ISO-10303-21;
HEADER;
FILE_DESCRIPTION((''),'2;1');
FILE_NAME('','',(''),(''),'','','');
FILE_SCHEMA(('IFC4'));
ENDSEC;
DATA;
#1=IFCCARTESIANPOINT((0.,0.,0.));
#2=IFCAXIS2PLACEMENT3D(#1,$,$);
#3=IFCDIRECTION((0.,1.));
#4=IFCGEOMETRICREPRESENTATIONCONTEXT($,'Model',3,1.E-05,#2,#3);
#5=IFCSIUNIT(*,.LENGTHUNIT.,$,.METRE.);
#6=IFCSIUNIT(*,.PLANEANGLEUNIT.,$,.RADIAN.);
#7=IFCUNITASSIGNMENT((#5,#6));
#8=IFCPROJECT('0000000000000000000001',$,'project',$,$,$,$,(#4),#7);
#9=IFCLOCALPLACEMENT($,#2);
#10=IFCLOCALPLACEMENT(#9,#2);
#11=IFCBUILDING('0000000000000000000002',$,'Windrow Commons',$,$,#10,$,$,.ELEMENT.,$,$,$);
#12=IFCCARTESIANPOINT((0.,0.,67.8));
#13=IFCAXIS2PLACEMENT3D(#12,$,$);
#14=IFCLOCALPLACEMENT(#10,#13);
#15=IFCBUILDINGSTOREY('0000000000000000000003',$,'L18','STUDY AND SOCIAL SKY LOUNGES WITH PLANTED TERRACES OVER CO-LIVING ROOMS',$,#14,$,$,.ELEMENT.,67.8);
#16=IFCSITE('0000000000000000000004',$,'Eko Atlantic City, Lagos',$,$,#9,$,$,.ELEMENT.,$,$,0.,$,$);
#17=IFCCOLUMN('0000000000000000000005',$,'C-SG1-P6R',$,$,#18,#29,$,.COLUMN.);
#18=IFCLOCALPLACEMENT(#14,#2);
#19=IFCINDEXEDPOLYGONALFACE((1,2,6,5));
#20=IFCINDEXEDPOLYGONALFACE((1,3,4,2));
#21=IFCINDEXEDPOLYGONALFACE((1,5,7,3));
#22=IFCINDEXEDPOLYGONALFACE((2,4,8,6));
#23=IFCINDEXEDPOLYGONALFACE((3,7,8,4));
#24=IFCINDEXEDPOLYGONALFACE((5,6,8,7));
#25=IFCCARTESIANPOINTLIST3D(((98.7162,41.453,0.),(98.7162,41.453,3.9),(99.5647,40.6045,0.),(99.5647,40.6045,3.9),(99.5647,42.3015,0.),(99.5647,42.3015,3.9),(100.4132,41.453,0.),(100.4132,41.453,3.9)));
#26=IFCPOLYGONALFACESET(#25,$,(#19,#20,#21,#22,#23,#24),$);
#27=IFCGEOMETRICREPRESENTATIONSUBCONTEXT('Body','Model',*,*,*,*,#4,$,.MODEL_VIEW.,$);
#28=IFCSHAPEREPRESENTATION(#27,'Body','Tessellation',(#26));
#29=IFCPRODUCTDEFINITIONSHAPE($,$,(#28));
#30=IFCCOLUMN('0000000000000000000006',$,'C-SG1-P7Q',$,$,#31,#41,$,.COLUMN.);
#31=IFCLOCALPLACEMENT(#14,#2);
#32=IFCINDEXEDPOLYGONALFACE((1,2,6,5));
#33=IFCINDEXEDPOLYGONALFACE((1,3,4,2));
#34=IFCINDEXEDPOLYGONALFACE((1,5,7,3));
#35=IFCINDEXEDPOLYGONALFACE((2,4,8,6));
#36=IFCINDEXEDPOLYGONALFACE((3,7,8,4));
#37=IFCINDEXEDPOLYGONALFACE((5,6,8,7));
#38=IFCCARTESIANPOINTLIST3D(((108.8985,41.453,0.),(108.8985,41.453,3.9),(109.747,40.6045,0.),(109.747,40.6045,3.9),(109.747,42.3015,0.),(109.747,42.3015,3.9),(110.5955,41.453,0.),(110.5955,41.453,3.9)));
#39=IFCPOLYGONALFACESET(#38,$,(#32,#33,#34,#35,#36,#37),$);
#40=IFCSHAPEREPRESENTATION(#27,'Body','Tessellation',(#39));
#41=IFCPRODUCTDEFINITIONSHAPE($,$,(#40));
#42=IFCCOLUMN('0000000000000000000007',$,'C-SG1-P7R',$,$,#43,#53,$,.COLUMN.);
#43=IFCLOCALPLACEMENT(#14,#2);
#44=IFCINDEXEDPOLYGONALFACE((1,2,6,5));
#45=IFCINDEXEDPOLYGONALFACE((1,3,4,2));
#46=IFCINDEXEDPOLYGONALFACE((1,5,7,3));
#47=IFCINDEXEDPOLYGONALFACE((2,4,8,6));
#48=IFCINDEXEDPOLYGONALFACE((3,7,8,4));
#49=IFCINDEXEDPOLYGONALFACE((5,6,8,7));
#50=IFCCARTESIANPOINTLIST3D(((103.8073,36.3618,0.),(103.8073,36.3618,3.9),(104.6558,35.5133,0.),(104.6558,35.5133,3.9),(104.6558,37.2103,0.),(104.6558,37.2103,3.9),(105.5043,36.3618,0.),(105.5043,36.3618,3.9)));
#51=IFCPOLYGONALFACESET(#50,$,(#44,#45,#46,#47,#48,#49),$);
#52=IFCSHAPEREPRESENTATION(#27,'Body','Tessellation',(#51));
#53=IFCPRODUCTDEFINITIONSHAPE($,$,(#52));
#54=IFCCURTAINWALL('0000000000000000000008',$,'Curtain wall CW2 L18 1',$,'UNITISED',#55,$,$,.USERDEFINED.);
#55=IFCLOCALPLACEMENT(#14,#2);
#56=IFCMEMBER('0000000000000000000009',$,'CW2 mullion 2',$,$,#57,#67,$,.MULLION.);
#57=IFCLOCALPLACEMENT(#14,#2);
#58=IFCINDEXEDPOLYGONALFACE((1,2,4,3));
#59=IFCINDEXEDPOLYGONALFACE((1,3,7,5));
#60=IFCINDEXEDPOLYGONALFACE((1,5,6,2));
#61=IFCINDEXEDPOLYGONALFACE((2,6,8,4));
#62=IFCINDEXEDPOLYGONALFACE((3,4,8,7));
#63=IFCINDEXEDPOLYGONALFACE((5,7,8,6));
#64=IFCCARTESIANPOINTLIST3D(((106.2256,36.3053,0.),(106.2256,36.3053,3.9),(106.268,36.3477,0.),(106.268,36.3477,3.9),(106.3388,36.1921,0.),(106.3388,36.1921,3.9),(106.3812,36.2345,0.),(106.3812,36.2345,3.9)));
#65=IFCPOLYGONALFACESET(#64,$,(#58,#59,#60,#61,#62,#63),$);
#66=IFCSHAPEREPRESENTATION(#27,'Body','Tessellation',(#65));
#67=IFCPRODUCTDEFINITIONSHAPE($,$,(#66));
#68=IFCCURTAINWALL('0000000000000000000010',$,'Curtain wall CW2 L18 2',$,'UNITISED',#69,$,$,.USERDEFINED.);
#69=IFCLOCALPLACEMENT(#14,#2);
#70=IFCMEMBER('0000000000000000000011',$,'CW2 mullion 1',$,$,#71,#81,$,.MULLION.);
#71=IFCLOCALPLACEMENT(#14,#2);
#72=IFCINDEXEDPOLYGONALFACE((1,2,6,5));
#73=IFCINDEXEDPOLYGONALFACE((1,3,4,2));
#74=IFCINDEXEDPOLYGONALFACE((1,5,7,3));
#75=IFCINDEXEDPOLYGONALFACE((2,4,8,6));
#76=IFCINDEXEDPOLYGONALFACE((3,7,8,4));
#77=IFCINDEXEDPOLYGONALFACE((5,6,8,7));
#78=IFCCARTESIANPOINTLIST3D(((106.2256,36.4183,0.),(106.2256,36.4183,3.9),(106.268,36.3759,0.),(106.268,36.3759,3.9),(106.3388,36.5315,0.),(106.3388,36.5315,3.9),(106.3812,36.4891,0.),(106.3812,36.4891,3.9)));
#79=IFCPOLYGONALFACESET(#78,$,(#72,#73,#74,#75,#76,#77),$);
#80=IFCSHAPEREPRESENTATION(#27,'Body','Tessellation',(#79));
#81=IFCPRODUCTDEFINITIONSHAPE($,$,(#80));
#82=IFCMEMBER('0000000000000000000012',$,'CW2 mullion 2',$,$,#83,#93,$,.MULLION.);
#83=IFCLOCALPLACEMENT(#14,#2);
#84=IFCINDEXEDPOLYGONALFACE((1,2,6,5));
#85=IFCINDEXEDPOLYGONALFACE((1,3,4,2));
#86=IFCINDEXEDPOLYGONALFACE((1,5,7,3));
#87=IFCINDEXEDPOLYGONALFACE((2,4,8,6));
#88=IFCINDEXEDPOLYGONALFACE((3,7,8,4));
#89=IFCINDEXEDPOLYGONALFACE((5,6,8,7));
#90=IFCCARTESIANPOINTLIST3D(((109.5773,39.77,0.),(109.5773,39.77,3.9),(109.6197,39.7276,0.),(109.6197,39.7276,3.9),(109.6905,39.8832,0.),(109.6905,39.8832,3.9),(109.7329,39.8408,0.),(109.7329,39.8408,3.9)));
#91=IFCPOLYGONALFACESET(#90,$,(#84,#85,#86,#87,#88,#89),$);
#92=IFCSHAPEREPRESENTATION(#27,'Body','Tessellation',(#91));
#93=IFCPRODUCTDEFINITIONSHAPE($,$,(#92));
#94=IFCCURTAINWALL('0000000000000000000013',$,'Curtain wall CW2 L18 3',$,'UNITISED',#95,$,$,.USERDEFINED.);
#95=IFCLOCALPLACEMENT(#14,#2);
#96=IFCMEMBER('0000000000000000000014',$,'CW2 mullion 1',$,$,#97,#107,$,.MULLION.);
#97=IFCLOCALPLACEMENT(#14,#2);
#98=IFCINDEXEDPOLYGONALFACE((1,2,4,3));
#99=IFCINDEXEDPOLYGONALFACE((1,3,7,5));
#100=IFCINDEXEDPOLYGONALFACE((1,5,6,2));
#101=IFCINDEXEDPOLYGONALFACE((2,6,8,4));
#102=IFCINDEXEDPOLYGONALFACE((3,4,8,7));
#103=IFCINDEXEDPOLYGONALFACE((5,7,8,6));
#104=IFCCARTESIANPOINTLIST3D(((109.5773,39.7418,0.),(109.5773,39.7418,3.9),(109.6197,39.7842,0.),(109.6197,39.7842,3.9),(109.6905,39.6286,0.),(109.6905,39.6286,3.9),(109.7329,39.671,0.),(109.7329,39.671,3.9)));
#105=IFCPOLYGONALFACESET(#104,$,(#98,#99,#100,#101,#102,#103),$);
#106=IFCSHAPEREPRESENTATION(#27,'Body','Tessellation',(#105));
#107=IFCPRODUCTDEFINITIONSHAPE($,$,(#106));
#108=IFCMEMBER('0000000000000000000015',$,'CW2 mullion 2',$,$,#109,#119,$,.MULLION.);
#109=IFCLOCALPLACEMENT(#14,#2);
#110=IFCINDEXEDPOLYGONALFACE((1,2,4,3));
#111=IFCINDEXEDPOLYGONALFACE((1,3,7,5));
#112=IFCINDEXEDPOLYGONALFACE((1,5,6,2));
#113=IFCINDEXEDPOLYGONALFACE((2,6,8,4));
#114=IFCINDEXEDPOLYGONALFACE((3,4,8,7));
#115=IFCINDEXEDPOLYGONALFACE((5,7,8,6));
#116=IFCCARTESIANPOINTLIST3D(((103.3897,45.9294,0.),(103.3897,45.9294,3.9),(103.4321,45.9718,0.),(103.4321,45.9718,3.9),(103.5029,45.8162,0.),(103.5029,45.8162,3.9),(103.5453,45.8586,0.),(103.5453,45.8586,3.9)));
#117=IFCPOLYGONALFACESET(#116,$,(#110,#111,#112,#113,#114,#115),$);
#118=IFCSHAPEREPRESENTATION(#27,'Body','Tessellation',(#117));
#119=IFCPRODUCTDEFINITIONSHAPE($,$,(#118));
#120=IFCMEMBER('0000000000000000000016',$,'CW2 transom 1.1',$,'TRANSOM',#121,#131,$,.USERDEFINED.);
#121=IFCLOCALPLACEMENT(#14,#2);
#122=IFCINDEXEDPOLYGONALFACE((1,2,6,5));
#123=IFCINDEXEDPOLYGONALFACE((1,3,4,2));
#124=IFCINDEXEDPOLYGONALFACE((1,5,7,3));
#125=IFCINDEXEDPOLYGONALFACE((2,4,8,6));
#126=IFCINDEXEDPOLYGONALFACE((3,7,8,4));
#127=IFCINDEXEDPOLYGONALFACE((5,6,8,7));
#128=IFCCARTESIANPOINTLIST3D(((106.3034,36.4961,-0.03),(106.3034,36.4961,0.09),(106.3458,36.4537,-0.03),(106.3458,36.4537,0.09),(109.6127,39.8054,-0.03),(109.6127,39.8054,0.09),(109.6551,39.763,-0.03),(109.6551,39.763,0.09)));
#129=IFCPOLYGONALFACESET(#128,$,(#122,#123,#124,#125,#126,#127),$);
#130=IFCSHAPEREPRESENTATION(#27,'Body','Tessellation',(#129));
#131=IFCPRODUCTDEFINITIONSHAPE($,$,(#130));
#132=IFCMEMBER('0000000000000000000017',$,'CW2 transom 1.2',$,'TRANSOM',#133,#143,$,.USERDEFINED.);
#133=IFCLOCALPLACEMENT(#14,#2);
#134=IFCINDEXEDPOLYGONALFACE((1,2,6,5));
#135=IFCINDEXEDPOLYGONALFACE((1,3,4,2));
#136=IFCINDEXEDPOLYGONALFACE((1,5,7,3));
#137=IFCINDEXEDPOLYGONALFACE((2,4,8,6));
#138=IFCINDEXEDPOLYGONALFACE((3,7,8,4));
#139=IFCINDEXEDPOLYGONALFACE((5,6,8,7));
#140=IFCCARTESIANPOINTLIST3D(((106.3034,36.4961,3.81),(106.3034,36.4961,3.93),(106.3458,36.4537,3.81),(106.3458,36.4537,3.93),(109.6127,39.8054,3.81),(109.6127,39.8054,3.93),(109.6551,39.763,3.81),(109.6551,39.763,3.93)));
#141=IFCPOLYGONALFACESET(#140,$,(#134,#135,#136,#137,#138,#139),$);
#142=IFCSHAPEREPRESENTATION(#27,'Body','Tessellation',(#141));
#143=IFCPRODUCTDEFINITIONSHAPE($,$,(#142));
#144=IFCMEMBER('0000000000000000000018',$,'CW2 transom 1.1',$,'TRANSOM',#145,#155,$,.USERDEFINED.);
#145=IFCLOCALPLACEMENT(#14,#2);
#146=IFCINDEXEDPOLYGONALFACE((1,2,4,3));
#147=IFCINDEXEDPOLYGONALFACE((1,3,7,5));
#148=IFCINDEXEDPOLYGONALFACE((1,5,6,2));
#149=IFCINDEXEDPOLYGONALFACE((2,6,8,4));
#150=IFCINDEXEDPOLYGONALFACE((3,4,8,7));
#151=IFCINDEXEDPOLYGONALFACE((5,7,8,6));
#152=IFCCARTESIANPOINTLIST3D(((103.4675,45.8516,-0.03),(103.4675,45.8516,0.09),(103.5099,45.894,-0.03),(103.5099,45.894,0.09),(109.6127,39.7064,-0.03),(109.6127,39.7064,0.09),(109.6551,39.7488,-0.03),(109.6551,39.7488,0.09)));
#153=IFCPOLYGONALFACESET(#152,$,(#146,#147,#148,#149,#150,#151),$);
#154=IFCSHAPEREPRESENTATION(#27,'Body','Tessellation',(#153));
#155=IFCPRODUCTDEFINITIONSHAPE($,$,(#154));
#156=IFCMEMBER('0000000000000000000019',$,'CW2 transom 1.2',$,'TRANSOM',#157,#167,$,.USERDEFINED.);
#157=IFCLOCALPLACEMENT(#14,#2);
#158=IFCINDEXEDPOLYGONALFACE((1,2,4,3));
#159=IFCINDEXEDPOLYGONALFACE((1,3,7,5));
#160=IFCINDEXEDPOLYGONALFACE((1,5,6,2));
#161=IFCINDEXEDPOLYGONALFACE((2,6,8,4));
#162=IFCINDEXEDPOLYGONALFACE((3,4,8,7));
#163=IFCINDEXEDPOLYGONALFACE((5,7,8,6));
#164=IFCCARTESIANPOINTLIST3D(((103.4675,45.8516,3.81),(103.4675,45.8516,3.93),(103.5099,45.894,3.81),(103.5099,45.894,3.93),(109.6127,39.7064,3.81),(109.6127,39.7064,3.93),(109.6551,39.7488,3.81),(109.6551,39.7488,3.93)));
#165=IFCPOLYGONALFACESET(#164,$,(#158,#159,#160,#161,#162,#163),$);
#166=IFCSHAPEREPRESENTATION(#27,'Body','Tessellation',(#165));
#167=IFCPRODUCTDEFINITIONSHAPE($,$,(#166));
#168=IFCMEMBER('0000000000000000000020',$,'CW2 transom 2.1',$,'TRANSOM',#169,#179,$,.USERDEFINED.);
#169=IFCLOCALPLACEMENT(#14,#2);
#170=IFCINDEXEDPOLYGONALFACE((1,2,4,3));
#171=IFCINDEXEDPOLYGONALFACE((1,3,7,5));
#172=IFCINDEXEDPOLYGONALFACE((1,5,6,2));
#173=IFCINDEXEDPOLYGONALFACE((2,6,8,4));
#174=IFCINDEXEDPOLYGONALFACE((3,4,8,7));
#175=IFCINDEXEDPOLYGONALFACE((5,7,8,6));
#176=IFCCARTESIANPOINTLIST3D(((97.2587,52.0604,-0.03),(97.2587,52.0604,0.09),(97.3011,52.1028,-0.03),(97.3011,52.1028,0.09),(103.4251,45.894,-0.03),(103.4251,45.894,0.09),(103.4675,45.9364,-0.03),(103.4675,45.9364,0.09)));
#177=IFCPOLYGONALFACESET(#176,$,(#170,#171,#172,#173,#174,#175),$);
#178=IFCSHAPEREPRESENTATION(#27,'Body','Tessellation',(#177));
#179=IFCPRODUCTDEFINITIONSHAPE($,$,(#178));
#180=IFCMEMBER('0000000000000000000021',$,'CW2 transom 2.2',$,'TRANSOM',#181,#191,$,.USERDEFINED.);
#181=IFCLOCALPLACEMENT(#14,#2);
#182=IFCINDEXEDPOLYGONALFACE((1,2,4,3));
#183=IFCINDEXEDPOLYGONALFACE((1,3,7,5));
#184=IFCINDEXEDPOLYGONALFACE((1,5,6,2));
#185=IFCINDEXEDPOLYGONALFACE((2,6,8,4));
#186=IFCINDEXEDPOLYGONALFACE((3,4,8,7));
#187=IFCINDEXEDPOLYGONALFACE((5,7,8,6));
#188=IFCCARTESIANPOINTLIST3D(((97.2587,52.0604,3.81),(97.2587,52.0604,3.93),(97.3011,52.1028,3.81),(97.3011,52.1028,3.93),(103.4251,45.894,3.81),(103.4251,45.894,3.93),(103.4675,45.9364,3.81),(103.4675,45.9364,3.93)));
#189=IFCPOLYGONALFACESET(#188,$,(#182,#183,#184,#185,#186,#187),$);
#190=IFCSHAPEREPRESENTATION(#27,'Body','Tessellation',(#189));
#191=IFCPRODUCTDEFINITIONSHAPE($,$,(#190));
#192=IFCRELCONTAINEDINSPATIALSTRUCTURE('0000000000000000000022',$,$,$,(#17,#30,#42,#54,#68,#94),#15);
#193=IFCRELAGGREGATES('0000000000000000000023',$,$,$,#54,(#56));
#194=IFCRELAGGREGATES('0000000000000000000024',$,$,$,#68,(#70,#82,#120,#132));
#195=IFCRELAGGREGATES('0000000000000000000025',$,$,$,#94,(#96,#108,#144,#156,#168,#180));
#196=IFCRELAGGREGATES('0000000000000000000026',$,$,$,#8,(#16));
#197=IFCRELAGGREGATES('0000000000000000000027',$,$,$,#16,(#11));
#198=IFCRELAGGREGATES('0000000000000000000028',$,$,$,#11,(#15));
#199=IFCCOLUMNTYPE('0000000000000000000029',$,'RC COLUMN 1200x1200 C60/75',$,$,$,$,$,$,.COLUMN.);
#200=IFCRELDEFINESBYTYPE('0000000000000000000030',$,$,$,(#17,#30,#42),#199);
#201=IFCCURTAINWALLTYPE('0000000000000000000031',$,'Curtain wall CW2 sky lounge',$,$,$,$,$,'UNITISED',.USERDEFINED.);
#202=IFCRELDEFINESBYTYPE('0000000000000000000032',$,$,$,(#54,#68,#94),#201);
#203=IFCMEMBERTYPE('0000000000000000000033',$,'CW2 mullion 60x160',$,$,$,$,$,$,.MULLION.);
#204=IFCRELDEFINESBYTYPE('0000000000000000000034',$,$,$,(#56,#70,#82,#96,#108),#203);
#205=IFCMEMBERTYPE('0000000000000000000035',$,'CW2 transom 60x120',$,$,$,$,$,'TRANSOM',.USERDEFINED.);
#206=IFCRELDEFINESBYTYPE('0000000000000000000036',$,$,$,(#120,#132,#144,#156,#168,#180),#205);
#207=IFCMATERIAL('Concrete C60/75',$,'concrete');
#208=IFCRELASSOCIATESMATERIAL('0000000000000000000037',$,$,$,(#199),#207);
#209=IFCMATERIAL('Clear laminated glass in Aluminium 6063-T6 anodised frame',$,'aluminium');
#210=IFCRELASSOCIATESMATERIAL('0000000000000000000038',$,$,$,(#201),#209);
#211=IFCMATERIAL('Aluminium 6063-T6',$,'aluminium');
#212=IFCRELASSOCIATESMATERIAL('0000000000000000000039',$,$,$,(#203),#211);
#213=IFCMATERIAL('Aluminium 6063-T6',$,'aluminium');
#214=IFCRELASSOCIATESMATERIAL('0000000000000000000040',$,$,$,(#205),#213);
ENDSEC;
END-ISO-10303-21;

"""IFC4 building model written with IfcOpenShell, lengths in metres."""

from ifc_helpers import new_model, si_unit, direction, frame, origin, origin_2d, place, context, subcontext, project, spatial, rectangle, extrude, material, material_profile, profile_set, type_object, element, aggregate, save


model = new_model("IFC4")

# Units and contexts
model_context = context("Model", 3, precision=1e-05, world=origin(), true_north=direction((0.0, 1.0)))
body_context = subcontext(model_context, "Body", "Model", "MODEL_VIEW")
ifc_project = project(units=[si_unit("LENGTHUNIT", "METRE"), si_unit("PLANEANGLEUNIT", "RADIAN")], contexts=[model_context])

# Site, building, storey
site_placement = place(None, origin())
site = spatial("IfcSite", under=ifc_project, at=site_placement, Name="Eko Atlantic City, Lagos", CompositionType="ELEMENT", RefElevation=0.0)
building_placement = place(site_placement, origin())
building = spatial("IfcBuilding", under=site, at=building_placement, Name="Windrow Commons", CompositionType="ELEMENT")
storey_placement = place(building_placement, frame((0.0, 0.0, 67.8)))
storey = spatial("IfcBuildingStorey", under=building, at=storey_placement, Name="L18", Description="STUDY AND SOCIAL SKY LOUNGES WITH PLANTED TERRACES OVER CO-LIVING ROOMS", CompositionType="ELEMENT", Elevation=67.8)

# Columns
ifc_material_1 = material(Name="Concrete C60/75", Category="concrete")
ifc_material_profile_1 = material_profile(ifc_material_1, rectangle(XDim=1.2, YDim=1.2, at=origin_2d()))
ifc_profile_set_1 = profile_set([ifc_material_profile_1], Name="Concrete C60/75")
column_type = type_object("IfcColumnType", Name="RC COLUMN 1200x1200 C60/75", PredefinedType="COLUMN", material=ifc_profile_set_1)
for number, where, z_axis, x_axis, name in (
    (1, (99.5647, 41.453, 0.0), (0.0, 0.0, 1.0), (0.707107, -0.707107, 0.0), "C-SG1-P6R"),
    (2, (109.747, 41.453, 0.0), (0.0, 0.0, 1.0), (0.707107, -0.707107, 0.0), "C-SG1-P7Q"),
    (3, (104.6558, 36.3618, 0.0), (0.0, 0.0, 1.0), (0.707107, -0.707107, 0.0), "C-SG1-P7R"),
):
    element("IfcColumn", number, at=place(storey_placement, frame(where, z_axis=z_axis, x_axis=x_axis)), inside=storey, type_object=column_type, Name=name, PredefinedType="COLUMN", context=body_context, shape_type="SweptSolid", body=[
        extrude(rectangle(XDim=1.2, YDim=1.2, at=origin_2d()), origin(), (0.0, 0.0, 1.0), 3.9),
    ])

# Curtain wall, member
ifc_material_2 = material(Name="Clear laminated glass in Aluminium 6063-T6 anodised frame", Category="aluminium")
curtain_wall_type = type_object("IfcCurtainWallType", Name="Curtain wall CW2 sky lounge", ElementType="UNITISED", PredefinedType="USERDEFINED", material=ifc_material_2)
placement = place(storey_placement, origin())
curtain_wall_1 = element("IfcCurtainWall", 4, at=placement, inside=storey, type_object=curtain_wall_type, Name="Curtain wall CW2 L18 1", ObjectType="UNITISED", PredefinedType="USERDEFINED")
ifc_material_3 = material(Name="Aluminium 6063-T6", Category="aluminium")
ifc_material_profile_2 = material_profile(ifc_material_3, rectangle(XDim=0.06, YDim=0.16, at=origin_2d()))
ifc_profile_set_2 = profile_set([ifc_material_profile_2], Name="Aluminium 6063-T6")
member_type_1 = type_object("IfcMemberType", Name="CW2 mullion 60x160", PredefinedType="MULLION", material=ifc_profile_set_2)
member_1_placement = place(storey_placement, frame((106.3034, 36.2699, 0.0), z_axis=(0.0, 0.0, 1.0), x_axis=(-0.707107, -0.707107, 0.0)))
member_1 = element("IfcMember", 5, at=member_1_placement, type_object=member_type_1, Name="CW2 mullion 2", PredefinedType="MULLION", context=body_context, shape_type="SweptSolid", body=[
    extrude(rectangle(XDim=0.06, YDim=0.16, at=origin_2d()), origin(), (0.0, 0.0, 1.0), 3.9),
])
aggregate(curtain_wall_1, [member_1])

# Curtain walls, members
curtain_wall_2 = element("IfcCurtainWall", 6, at=placement, inside=storey, type_object=curtain_wall_type, Name="Curtain wall CW2 L18 2", ObjectType="UNITISED", PredefinedType="USERDEFINED")
member_2_placement = place(storey_placement, frame((106.3034, 36.4537, 0.0), z_axis=(0.0, 0.0, 1.0), x_axis=(-0.707107, 0.707107, 0.0)))
member_2 = element("IfcMember", 7, at=member_2_placement, type_object=member_type_1, Name="CW2 mullion 1", PredefinedType="MULLION", context=body_context, shape_type="SweptSolid", body=[
    extrude(rectangle(XDim=0.06, YDim=0.16, at=origin_2d()), origin(), (0.0, 0.0, 1.0), 3.9),
])
member_3_placement = place(storey_placement, frame((109.6551, 39.8054, 0.0), z_axis=(0.0, 0.0, 1.0), x_axis=(-0.707107, 0.707107, 0.0)))
member_3 = element("IfcMember", 8, at=member_3_placement, type_object=member_type_1, Name="CW2 mullion 2", PredefinedType="MULLION", context=body_context, shape_type="SweptSolid", body=[
    extrude(rectangle(XDim=0.06, YDim=0.16, at=origin_2d()), origin(), (0.0, 0.0, 1.0), 3.9),
])
curtain_wall_3 = element("IfcCurtainWall", 9, at=placement, inside=storey, type_object=curtain_wall_type, Name="Curtain wall CW2 L18 3", ObjectType="UNITISED", PredefinedType="USERDEFINED")
member_4_placement = place(storey_placement, frame((109.6551, 39.7064, 0.0), z_axis=(0.0, 0.0, 1.0), x_axis=(-0.707107, -0.707107, 0.0)))
member_4 = element("IfcMember", 10, at=member_4_placement, type_object=member_type_1, Name="CW2 mullion 1", PredefinedType="MULLION", context=body_context, shape_type="SweptSolid", body=[
    extrude(rectangle(XDim=0.06, YDim=0.16, at=origin_2d()), origin(), (0.0, 0.0, 1.0), 3.9),
])
member_5_placement = place(storey_placement, frame((103.4675, 45.894, 0.0), z_axis=(0.0, 0.0, 1.0), x_axis=(-0.707107, -0.707107, 0.0)))
member_5 = element("IfcMember", 11, at=member_5_placement, type_object=member_type_1, Name="CW2 mullion 2", PredefinedType="MULLION", context=body_context, shape_type="SweptSolid", body=[
    extrude(rectangle(XDim=0.06, YDim=0.16, at=origin_2d()), origin(), (0.0, 0.0, 1.0), 3.9),
])

# Members
ifc_material_4 = material(Name="Aluminium 6063-T6", Category="aluminium")
ifc_material_profile_3 = material_profile(ifc_material_4, rectangle(XDim=0.06, YDim=0.12, at=origin_2d()))
ifc_profile_set_3 = profile_set([ifc_material_profile_3], Name="Aluminium 6063-T6")
member_type_2 = type_object("IfcMemberType", Name="CW2 transom 60x120", ElementType="TRANSOM", PredefinedType="USERDEFINED", material=ifc_profile_set_3)
member_6_placement = place(storey_placement, frame((106.3246, 36.4749, 0.03), z_axis=(0.707107, 0.707107, 0.0), x_axis=(-0.707107, 0.707107, 0.0)))
member_6 = element("IfcMember", 12, at=member_6_placement, type_object=member_type_2, Name="CW2 transom 1.1", ObjectType="TRANSOM", PredefinedType="USERDEFINED", context=body_context, shape_type="SweptSolid", body=[
    extrude(rectangle(XDim=0.06, YDim=0.12, at=origin_2d()), origin(), (0.0, 0.0, 1.0), 4.6801),
])
member_7_placement = place(storey_placement, frame((106.3246, 36.4749, 3.87), z_axis=(0.707107, 0.707107, 0.0), x_axis=(-0.707107, 0.707107, 0.0)))
member_7 = element("IfcMember", 13, at=member_7_placement, type_object=member_type_2, Name="CW2 transom 1.2", ObjectType="TRANSOM", PredefinedType="USERDEFINED", context=body_context, shape_type="SweptSolid", body=[
    extrude(rectangle(XDim=0.06, YDim=0.12, at=origin_2d()), origin(), (0.0, 0.0, 1.0), 4.6801),
])
member_8_placement = place(storey_placement, frame((109.6339, 39.7276, 0.03), z_axis=(-0.707107, 0.707107, 0.0), x_axis=(-0.707107, -0.707107, 0.0)))
member_8 = element("IfcMember", 14, at=member_8_placement, type_object=member_type_2, Name="CW2 transom 1.1", ObjectType="TRANSOM", PredefinedType="USERDEFINED", context=body_context, shape_type="SweptSolid", body=[
    extrude(rectangle(XDim=0.06, YDim=0.12, at=origin_2d()), origin(), (0.0, 0.0, 1.0), 8.6906),
])
member_9_placement = place(storey_placement, frame((109.6339, 39.7276, 3.87), z_axis=(-0.707107, 0.707107, 0.0), x_axis=(-0.707107, -0.707107, 0.0)))
member_9 = element("IfcMember", 15, at=member_9_placement, type_object=member_type_2, Name="CW2 transom 1.2", ObjectType="TRANSOM", PredefinedType="USERDEFINED", context=body_context, shape_type="SweptSolid", body=[
    extrude(rectangle(XDim=0.06, YDim=0.12, at=origin_2d()), origin(), (0.0, 0.0, 1.0), 8.6906),
])
member_10_placement = place(storey_placement, frame((103.4463, 45.9152, 0.03), z_axis=(-0.707107, 0.707107, 0.0), x_axis=(-0.707107, -0.707107, 0.0)))
member_10 = element("IfcMember", 16, at=member_10_placement, type_object=member_type_2, Name="CW2 transom 2.1", ObjectType="TRANSOM", PredefinedType="USERDEFINED", context=body_context, shape_type="SweptSolid", body=[
    extrude(rectangle(XDim=0.06, YDim=0.12, at=origin_2d()), origin(), (0.0, 0.0, 1.0), 8.7206),
])
member_11_placement = place(storey_placement, frame((103.4463, 45.9152, 3.87), z_axis=(-0.707107, 0.707107, 0.0), x_axis=(-0.707107, -0.707107, 0.0)))
member_11 = element("IfcMember", 17, at=member_11_placement, type_object=member_type_2, Name="CW2 transom 2.2", ObjectType="TRANSOM", PredefinedType="USERDEFINED", context=body_context, shape_type="SweptSolid", body=[
    extrude(rectangle(XDim=0.06, YDim=0.12, at=origin_2d()), origin(), (0.0, 0.0, 1.0), 8.7206),
])

aggregate(curtain_wall_2, [member_2, member_3, member_6, member_7])
aggregate(curtain_wall_3, [member_4, member_5, member_8, member_9, member_10, member_11])

save(model, "model.ifc")
